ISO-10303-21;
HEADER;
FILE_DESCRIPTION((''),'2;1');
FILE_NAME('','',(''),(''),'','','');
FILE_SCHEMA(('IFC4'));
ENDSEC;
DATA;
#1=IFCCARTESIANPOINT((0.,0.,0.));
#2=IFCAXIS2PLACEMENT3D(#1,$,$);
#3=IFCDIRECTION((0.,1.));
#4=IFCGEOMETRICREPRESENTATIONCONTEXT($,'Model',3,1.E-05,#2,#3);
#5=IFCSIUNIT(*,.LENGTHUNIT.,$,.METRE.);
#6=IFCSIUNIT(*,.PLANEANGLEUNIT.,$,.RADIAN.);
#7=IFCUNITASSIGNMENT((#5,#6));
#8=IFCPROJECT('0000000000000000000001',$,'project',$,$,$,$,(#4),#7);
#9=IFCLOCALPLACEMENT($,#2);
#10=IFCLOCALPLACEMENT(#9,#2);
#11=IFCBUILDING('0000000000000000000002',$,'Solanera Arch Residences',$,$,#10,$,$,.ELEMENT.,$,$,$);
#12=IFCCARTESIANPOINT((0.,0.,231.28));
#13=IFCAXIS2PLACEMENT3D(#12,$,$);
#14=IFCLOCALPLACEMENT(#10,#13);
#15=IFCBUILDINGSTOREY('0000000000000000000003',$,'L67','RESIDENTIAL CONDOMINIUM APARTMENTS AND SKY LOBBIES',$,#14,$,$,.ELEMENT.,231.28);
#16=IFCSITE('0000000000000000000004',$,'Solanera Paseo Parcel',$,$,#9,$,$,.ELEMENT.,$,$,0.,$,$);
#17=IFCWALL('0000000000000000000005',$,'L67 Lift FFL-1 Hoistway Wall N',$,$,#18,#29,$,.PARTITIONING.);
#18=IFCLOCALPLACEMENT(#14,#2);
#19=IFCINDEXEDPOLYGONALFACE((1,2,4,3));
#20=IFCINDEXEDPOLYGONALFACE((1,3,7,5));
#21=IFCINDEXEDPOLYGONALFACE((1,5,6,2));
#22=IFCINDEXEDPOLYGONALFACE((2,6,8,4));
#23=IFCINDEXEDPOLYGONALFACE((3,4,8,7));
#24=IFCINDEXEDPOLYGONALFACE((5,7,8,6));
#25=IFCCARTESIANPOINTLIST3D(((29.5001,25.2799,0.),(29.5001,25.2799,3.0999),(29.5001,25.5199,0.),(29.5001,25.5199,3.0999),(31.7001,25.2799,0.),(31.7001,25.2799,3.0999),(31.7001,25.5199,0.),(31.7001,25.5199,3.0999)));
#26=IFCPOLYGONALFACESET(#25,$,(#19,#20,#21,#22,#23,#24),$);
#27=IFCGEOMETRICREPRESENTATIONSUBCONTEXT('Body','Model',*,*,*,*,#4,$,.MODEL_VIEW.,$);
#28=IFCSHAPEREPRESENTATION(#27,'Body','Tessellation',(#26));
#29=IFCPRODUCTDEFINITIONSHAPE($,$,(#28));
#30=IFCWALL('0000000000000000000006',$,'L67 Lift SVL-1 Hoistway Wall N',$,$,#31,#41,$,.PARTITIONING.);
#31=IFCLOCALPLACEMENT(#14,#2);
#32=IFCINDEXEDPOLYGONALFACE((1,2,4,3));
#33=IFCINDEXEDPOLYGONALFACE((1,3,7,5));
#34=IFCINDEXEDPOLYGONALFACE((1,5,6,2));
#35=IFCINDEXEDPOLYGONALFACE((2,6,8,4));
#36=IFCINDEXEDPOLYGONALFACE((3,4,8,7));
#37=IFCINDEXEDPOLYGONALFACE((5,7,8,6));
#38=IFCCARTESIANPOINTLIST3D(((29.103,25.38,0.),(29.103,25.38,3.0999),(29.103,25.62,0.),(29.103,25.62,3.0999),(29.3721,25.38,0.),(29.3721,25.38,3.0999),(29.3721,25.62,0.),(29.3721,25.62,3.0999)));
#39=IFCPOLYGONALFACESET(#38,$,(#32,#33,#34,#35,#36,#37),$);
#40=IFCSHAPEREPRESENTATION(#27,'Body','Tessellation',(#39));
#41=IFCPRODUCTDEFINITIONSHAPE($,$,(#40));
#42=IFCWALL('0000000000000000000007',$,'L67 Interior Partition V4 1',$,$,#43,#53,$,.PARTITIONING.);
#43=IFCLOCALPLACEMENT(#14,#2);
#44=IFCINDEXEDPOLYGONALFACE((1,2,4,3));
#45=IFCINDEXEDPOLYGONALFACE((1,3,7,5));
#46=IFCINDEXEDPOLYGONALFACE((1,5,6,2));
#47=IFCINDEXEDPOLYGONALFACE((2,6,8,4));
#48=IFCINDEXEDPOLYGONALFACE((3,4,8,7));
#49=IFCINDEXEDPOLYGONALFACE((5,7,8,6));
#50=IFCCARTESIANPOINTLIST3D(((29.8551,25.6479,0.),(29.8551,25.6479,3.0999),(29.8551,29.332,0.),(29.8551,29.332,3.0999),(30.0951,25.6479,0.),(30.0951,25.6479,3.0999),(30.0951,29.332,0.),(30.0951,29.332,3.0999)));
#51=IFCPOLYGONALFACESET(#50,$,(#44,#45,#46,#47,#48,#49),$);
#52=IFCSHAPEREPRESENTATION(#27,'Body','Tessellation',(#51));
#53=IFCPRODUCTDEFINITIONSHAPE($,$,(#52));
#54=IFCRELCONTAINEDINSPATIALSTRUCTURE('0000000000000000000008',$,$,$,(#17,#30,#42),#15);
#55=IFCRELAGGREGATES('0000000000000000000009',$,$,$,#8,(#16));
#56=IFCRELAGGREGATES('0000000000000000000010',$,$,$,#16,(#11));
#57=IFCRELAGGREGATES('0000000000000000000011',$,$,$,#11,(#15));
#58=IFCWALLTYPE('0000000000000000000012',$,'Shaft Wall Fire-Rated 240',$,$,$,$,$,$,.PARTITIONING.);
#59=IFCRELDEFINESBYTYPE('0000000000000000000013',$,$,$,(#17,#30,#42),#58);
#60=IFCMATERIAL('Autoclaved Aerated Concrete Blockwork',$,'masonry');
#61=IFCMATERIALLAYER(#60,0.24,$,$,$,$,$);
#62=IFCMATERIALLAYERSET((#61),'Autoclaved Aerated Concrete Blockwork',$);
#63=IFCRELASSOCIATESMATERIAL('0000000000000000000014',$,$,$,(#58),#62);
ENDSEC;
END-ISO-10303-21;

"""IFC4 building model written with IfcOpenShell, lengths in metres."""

from ifc_helpers import new_model, si_unit, direction, frame, frame_2d, origin, place, context, subcontext, project, spatial, rectangle, extrude, material, layer, layer_set, type_object, element, save


model = new_model("IFC4")

# Units and contexts
model_context = context("Model", 3, precision=1e-05, world=origin(), true_north=direction((0.0, 1.0)))
body_context = subcontext(model_context, "Body", "Model", "MODEL_VIEW")
ifc_project = project(units=[si_unit("LENGTHUNIT", "METRE"), si_unit("PLANEANGLEUNIT", "RADIAN")], contexts=[model_context])

# Site, building, storey
site_placement = place(None, origin())
site = spatial("IfcSite", under=ifc_project, at=site_placement, Name="Solanera Paseo Parcel", CompositionType="ELEMENT", RefElevation=0.0)
building_placement = place(site_placement, origin())
building = spatial("IfcBuilding", under=site, at=building_placement, Name="Solanera Arch Residences", CompositionType="ELEMENT")
storey_placement = place(building_placement, frame((0.0, 0.0, 231.28)))
storey = spatial("IfcBuildingStorey", under=building, at=storey_placement, Name="L67", Description="RESIDENTIAL CONDOMINIUM APARTMENTS AND SKY LOBBIES", CompositionType="ELEMENT", Elevation=231.28)

# Walls
ifc_material_1 = material(Name="Autoclaved Aerated Concrete Blockwork", Category="masonry")
ifc_layer_1 = layer(ifc_material_1, 0.24)
ifc_layer_set_1 = layer_set([ifc_layer_1], Name="Autoclaved Aerated Concrete Blockwork")
wall_type_1 = type_object("IfcWallType", Name="Shaft Wall Fire-Rated 240", PredefinedType="PARTITIONING", material=ifc_layer_set_1)
wall_1_placement = place(storey_placement, frame((29.5, 25.3999, 0.0), z_axis=(0.0, 0.0, 1.0), x_axis=(1.0, 0.0, 0.0)))
element("IfcWall", 1, at=wall_1_placement, inside=storey, type_object=wall_type_1, Name="L67 Lift FFL-1 Hoistway Wall N", PredefinedType="PARTITIONING", context=body_context, shape_type="SweptSolid", body=[
    extrude(rectangle(XDim=2.2, YDim=0.24, at=frame_2d((1.1001, 0.0))), origin(), (0.0, 0.0, 1.0), 3.0999),
])
wall_2_placement = place(storey_placement, frame((29.103, 25.5, 0.0), z_axis=(0.0, 0.0, 1.0), x_axis=(1.0, 0.0, 0.0)))
element("IfcWall", 2, at=wall_2_placement, inside=storey, type_object=wall_type_1, Name="L67 Lift SVL-1 Hoistway Wall N", PredefinedType="PARTITIONING", context=body_context, shape_type="SweptSolid", body=[
    extrude(rectangle(XDim=0.269, YDim=0.24, at=frame_2d((0.1345, 0.0))), origin(), (0.0, 0.0, 1.0), 3.0999),
])
wall_3_placement = place(storey_placement, frame((29.9751, 25.6479, 0.0), z_axis=(0.0, 0.0, 1.0), x_axis=(0.0, 1.0, 0.0)))
element("IfcWall", 3, at=wall_3_placement, inside=storey, type_object=wall_type_1, Name="L67 Interior Partition V4 1", PredefinedType="PARTITIONING", context=body_context, shape_type="SweptSolid", body=[
    extrude(rectangle(XDim=3.6841, YDim=0.24, at=frame_2d((1.842, 0.0))), origin(), (0.0, 0.0, 1.0), 3.0999),
])

save(model, "model.ifc")
